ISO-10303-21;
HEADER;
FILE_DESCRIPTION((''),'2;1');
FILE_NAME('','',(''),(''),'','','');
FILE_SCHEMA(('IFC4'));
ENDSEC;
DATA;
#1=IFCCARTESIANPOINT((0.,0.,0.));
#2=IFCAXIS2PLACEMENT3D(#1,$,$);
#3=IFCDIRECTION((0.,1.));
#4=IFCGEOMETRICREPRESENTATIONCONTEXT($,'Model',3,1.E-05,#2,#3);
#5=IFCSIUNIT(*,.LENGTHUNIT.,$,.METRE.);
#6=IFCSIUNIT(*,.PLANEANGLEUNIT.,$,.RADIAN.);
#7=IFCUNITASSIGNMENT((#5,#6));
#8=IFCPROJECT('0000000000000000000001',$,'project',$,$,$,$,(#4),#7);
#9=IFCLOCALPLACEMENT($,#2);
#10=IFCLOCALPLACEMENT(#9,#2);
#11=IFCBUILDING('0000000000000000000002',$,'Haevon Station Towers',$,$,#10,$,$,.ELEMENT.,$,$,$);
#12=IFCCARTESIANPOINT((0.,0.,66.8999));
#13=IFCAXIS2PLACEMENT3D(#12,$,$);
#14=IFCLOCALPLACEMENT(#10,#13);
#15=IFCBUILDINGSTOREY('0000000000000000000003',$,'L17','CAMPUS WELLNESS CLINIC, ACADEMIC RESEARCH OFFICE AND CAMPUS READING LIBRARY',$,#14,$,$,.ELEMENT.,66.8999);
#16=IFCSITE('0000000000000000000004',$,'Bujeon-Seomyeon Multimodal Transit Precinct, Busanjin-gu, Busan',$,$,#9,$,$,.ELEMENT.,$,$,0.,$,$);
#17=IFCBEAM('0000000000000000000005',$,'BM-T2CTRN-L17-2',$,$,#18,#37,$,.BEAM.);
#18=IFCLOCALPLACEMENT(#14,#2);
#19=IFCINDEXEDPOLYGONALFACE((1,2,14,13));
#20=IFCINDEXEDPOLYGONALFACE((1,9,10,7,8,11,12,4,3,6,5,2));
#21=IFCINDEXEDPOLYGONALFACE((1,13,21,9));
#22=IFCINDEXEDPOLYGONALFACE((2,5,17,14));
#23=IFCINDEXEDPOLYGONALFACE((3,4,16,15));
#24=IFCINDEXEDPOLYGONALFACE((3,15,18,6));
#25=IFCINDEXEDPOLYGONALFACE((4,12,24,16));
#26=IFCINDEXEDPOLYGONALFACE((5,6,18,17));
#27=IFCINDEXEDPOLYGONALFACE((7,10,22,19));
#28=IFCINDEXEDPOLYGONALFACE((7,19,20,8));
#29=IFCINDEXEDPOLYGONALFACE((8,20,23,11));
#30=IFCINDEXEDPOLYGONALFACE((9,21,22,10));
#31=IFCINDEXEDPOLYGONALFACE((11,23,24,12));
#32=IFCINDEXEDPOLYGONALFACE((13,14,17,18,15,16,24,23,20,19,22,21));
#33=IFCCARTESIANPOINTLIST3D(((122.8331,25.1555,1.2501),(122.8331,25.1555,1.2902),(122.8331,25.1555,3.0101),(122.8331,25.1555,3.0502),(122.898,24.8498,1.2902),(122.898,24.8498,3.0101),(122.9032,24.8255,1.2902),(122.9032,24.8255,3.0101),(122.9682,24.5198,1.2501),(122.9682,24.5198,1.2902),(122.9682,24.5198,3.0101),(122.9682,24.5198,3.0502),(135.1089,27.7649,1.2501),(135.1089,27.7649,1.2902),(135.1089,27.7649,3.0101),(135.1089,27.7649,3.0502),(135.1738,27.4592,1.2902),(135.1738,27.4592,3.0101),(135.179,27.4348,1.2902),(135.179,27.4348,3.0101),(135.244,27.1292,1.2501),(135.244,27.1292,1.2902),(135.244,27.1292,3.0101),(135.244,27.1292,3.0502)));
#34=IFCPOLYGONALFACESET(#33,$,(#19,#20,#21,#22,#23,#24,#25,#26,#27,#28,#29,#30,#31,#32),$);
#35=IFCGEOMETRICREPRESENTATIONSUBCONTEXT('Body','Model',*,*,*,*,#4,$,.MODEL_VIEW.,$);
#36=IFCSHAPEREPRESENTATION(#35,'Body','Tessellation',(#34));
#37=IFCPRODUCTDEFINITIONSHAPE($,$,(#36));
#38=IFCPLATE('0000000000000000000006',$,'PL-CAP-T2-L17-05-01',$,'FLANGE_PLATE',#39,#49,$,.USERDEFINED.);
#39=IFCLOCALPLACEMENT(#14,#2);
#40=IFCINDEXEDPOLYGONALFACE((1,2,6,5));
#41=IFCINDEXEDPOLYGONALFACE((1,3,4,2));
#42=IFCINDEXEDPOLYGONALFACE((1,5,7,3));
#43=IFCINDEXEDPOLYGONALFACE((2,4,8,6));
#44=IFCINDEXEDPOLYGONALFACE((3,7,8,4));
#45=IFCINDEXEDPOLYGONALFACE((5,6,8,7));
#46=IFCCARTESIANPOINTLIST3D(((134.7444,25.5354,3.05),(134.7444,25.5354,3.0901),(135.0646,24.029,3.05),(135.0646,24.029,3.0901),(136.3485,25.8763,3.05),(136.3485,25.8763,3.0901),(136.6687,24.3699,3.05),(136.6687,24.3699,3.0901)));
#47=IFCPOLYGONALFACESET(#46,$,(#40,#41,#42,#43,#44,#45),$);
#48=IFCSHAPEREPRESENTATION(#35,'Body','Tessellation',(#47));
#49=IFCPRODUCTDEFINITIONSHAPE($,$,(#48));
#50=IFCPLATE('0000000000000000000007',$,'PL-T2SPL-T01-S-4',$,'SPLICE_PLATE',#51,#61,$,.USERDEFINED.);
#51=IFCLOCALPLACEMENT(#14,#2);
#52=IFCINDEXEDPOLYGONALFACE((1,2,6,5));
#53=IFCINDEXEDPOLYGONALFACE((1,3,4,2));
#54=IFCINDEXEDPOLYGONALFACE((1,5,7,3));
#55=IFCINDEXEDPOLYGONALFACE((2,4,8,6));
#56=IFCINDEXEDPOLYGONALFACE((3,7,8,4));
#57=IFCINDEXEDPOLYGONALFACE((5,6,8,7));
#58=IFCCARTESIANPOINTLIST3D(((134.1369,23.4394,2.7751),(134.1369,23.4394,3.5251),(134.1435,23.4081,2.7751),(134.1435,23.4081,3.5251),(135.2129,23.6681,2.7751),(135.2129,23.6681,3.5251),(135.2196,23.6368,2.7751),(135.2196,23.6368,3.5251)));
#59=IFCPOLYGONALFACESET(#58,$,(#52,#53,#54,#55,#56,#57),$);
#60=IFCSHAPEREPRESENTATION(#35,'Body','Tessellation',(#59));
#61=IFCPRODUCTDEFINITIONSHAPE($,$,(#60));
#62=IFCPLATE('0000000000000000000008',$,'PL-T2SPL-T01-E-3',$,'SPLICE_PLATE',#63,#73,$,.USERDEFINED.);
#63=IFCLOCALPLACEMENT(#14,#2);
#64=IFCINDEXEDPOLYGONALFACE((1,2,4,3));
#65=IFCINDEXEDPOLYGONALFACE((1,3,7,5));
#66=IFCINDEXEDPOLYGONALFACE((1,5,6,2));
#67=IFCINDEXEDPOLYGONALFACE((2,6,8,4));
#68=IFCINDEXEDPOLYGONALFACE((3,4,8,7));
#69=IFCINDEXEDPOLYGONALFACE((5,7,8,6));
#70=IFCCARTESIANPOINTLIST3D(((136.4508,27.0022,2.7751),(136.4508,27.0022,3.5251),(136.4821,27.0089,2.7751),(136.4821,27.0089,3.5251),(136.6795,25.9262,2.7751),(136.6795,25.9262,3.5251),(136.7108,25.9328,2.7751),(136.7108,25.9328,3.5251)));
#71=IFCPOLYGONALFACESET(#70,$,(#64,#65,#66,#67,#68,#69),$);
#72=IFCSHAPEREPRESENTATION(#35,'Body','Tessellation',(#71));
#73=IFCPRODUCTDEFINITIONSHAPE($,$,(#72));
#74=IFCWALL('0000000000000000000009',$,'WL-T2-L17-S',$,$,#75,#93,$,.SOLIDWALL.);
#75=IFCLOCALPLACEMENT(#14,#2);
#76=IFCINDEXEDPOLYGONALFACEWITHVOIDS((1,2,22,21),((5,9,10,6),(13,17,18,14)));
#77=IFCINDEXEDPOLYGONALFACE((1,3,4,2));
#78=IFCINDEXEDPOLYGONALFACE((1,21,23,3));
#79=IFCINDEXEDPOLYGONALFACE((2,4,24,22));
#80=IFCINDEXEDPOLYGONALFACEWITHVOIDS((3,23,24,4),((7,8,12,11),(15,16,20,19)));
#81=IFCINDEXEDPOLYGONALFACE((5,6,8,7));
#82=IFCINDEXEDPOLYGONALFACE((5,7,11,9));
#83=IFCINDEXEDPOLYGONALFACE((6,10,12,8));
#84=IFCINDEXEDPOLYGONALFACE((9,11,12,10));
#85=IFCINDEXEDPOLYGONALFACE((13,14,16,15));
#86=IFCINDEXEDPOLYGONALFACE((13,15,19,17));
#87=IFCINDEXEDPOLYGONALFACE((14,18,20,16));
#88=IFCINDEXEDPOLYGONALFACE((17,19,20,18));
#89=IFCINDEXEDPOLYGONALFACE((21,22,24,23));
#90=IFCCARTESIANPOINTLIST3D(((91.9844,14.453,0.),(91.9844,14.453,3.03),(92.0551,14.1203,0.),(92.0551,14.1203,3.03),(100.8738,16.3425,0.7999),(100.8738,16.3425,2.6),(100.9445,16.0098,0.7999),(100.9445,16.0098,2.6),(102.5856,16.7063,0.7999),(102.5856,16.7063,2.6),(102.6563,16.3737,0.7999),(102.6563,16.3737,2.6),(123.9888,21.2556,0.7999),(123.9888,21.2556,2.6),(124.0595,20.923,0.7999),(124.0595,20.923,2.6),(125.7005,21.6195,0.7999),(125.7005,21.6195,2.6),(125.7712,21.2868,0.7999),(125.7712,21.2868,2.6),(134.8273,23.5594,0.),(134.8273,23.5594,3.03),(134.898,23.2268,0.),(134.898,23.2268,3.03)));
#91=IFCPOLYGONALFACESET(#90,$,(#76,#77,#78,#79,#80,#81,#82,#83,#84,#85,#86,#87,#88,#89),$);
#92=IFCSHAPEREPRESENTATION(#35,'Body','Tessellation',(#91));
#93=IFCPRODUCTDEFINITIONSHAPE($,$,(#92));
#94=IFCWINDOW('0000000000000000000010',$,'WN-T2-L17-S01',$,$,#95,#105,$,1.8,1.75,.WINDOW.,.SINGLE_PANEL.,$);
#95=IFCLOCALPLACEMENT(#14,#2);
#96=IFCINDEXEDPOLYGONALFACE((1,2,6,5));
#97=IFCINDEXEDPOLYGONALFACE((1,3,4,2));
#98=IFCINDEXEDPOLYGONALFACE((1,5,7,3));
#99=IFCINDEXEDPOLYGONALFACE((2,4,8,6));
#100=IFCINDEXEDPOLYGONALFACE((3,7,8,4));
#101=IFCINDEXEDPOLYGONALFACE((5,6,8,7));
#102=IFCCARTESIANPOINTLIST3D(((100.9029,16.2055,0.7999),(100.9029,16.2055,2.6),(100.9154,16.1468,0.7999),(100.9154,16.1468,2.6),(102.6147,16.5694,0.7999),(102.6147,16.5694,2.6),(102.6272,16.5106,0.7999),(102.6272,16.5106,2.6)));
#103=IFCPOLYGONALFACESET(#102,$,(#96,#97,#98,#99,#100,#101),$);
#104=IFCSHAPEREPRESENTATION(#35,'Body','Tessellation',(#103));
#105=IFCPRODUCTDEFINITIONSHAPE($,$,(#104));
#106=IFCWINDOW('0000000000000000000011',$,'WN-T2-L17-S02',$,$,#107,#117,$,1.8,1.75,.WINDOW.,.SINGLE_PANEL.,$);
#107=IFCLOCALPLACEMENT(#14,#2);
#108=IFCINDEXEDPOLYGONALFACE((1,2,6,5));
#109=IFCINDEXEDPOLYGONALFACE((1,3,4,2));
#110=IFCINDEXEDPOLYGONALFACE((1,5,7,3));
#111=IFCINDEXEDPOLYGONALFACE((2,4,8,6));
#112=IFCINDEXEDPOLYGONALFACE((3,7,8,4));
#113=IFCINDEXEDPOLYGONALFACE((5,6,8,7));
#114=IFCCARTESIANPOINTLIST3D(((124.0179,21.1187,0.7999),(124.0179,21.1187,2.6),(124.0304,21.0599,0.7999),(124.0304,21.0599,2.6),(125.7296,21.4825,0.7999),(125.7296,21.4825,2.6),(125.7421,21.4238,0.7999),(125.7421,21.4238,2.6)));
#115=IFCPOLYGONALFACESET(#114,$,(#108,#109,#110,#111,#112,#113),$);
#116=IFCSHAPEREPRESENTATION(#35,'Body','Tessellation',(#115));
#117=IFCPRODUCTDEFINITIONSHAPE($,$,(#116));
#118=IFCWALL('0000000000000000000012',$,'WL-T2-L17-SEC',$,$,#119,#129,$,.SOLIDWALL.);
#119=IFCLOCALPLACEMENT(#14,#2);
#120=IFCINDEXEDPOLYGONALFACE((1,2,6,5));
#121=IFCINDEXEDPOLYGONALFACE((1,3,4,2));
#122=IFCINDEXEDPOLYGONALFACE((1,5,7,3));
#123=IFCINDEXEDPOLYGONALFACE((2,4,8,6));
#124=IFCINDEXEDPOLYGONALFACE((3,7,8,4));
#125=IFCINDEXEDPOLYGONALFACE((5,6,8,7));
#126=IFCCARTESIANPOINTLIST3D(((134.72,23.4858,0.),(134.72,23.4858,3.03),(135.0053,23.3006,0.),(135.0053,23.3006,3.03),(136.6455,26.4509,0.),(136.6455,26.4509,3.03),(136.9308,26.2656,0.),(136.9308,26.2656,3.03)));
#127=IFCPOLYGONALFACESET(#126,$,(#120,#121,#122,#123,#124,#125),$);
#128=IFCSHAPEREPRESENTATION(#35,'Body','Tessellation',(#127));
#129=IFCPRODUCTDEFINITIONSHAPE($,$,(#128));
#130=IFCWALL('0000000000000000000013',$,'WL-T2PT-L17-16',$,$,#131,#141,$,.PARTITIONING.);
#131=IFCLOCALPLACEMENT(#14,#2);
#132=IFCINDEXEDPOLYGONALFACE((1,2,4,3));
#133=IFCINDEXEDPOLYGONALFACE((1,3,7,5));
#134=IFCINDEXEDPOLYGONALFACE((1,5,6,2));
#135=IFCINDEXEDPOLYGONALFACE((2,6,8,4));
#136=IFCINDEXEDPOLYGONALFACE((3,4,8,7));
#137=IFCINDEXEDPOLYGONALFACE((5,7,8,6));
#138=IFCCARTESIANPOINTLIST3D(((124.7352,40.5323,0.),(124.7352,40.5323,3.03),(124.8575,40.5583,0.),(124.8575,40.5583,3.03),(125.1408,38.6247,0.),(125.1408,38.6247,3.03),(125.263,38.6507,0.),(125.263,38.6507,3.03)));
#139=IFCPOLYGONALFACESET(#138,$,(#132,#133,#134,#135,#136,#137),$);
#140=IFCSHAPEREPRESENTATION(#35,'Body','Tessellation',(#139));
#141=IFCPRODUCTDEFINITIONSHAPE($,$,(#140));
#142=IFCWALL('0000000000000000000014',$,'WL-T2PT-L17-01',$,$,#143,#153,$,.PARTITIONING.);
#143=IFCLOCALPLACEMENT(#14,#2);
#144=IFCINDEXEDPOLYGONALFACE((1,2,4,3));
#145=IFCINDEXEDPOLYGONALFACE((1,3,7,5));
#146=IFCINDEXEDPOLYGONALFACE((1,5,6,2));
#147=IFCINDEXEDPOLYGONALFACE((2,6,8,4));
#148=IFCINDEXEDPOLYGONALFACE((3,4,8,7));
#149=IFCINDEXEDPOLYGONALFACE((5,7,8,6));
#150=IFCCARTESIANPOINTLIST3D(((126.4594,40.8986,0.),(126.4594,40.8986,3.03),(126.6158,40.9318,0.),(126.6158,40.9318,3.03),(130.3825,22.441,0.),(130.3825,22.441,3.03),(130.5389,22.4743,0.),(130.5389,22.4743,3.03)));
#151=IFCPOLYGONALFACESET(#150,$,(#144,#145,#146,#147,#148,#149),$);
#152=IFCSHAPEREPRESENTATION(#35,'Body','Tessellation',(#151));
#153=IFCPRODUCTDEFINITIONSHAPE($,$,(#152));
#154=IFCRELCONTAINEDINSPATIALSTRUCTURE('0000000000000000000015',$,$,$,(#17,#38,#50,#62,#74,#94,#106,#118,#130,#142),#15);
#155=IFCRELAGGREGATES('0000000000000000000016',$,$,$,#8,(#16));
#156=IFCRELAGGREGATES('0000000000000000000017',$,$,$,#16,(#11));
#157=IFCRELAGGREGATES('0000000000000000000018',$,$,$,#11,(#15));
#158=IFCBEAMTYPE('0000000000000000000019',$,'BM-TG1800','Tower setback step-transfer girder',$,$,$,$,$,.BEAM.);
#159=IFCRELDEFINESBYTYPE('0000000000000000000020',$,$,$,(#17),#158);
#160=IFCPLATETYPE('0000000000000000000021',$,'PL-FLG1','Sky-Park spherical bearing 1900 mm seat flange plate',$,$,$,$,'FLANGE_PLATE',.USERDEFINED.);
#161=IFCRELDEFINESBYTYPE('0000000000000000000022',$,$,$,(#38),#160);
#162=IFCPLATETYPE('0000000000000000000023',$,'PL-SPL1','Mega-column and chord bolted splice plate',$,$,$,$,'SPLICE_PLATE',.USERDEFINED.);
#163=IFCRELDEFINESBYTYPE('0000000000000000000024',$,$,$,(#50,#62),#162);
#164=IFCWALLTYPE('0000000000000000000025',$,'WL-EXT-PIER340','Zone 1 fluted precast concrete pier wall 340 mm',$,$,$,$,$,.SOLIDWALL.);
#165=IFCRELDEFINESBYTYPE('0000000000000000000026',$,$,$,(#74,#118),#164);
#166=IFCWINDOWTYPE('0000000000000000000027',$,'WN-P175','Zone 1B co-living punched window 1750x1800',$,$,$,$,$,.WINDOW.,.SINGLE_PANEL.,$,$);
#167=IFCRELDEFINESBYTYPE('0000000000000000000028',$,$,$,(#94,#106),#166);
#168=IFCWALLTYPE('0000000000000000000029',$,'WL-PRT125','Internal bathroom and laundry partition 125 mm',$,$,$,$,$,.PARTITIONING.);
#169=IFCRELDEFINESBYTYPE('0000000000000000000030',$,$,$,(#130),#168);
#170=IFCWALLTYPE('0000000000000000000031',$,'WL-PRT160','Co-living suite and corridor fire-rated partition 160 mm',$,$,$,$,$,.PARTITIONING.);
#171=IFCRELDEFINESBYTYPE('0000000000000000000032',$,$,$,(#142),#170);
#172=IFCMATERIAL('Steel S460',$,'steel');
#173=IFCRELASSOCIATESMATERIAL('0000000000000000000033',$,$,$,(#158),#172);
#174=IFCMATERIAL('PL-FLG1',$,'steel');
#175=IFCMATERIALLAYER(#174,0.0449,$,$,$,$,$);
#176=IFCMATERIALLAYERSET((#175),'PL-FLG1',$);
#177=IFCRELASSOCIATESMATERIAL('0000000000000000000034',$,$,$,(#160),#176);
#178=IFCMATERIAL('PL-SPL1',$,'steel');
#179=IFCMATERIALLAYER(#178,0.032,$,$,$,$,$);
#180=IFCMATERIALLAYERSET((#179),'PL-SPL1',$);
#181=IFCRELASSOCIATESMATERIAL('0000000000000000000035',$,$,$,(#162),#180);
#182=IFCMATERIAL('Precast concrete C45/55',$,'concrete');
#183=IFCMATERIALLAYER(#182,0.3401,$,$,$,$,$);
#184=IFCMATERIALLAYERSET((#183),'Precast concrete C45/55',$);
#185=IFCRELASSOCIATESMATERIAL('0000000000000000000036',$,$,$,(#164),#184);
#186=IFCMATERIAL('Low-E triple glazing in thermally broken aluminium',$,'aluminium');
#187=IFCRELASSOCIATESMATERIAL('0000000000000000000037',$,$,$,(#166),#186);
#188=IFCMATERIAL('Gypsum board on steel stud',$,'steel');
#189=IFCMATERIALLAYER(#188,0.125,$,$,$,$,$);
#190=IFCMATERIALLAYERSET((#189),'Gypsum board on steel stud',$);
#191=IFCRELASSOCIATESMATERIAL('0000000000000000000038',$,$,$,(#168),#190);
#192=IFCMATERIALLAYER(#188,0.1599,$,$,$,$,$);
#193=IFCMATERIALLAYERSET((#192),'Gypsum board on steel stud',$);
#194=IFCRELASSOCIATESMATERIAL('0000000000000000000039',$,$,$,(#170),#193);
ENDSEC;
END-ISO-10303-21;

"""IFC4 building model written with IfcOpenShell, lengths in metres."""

from ifc_helpers import new_model, si_unit, direction, frame, frame_2d, origin, origin_2d, place, context, subcontext, project, spatial, rectangle, i_section, extrude, material, layer, layer_set, material_profile, profile_set, type_object, element, fill, save


model = new_model("IFC4")

# Units and contexts
model_context = context("Model", 3, precision=1e-05, world=origin(), true_north=direction((0.0, 1.0)))
body_context = subcontext(model_context, "Body", "Model", "MODEL_VIEW")
ifc_project = project(units=[si_unit("LENGTHUNIT", "METRE"), si_unit("PLANEANGLEUNIT", "RADIAN")], contexts=[model_context])

# Site, building, storey
site_placement = place(None, origin())
site = spatial("IfcSite", under=ifc_project, at=site_placement, Name="Bujeon-Seomyeon Multimodal Transit Precinct, Busanjin-gu, Busan", CompositionType="ELEMENT", RefElevation=0.0)
building_placement = place(site_placement, origin())
building = spatial("IfcBuilding", under=site, at=building_placement, Name="Haevon Station Towers", CompositionType="ELEMENT")
storey_placement = place(building_placement, frame((0.0, 0.0, 66.8999)))
storey = spatial("IfcBuildingStorey", under=building, at=storey_placement, Name="L17", Description="CAMPUS WELLNESS CLINIC, ACADEMIC RESEARCH OFFICE AND CAMPUS READING LIBRARY", CompositionType="ELEMENT", Elevation=66.8999)

# Shared definitions
ifc_material_1 = material(Name="Steel S460", Category="steel")

# Beam
ifc_material_profile_1 = material_profile(ifc_material_1, i_section(OverallWidth=0.6499, OverallDepth=1.8, WebThickness=0.0249, FlangeThickness=0.04, at=origin_2d()), Name="H-1800x650x25x40")
ifc_profile_set_1 = profile_set([ifc_material_profile_1], Name="Steel S460")
beam_type_1 = type_object("IfcBeamType", Name="BM-TG1800", Description="Tower setback step-transfer girder", PredefinedType="BEAM", material=ifc_profile_set_1)
beam_1_placement = place(storey_placement, frame((122.9006, 24.8376, 2.1501), z_axis=(0.978147, 0.207916, 0.0), x_axis=(-0.207916, 0.978147, 0.0)))
element("IfcBeam", 1, at=beam_1_placement, inside=storey, type_object=beam_type_1, Name="BM-T2CTRN-L17-2", PredefinedType="BEAM", context=body_context, shape_type="SweptSolid", body=[
    extrude(i_section(OverallWidth=0.6499, OverallDepth=1.8, WebThickness=0.0249, FlangeThickness=0.04, at=origin_2d()), origin(), (0.0, 0.0, 1.0), 12.55),
])

# Plates
ifc_material_2 = material(Name="PL-FLG1", Category="steel")
ifc_layer_1 = layer(ifc_material_2, 0.0449)
ifc_layer_set_1 = layer_set([ifc_layer_1], Name="PL-FLG1")
plate_type_1 = type_object("IfcPlateType", Name="PL-FLG1", Description="Sky-Park spherical bearing 1900 mm seat flange plate", ElementType="FLANGE_PLATE", PredefinedType="USERDEFINED", material=ifc_layer_set_1)
plate_placement = place(storey_placement, frame((135.7065, 24.9526, 3.05), z_axis=(0.0, 0.0, 1.0), x_axis=(0.978148, 0.207912, 0.0)))
element("IfcPlate", 2, at=plate_placement, inside=storey, type_object=plate_type_1, Name="PL-CAP-T2-L17-05-01", ObjectType="FLANGE_PLATE", PredefinedType="USERDEFINED", context=body_context, shape_type="SweptSolid", body=[
    extrude(rectangle(XDim=1.6399, YDim=1.54, at=origin_2d()), origin(), (0.0, 0.0, 1.0), 0.04),
])
ifc_material_3 = material(Name="PL-SPL1", Category="steel")
ifc_layer_2 = layer(ifc_material_3, 0.032)
ifc_layer_set_2 = layer_set([ifc_layer_2], Name="PL-SPL1")
plate_type_2 = type_object("IfcPlateType", Name="PL-SPL1", Description="Mega-column and chord bolted splice plate", ElementType="SPLICE_PLATE", PredefinedType="USERDEFINED", material=ifc_layer_set_2)
for number, where, z_axis, x_axis, name in (
    (3, (134.6782, 23.5381, 2.7751), (0.0, 0.0, 1.0), (0.978148, 0.207912, 0.0), "PL-T2SPL-T01-S-4"),
    (4, (136.5808, 26.4675, 2.7751), (0.0, 0.0, 1.0), (-0.207912, 0.978148, 0.0), "PL-T2SPL-T01-E-3"),
):
    element("IfcPlate", number, at=place(storey_placement, frame(where, z_axis=z_axis, x_axis=x_axis)), inside=storey, type_object=plate_type_2, Name=name, ObjectType="SPLICE_PLATE", PredefinedType="USERDEFINED", context=body_context, shape_type="SweptSolid", body=[
        extrude(rectangle(XDim=1.1001, YDim=0.032, at=origin_2d()), origin(), (0.0, 0.0, 1.0), 0.75),
    ])

# Wall, openings, windows
ifc_material_4 = material(Name="Precast concrete C45/55", Category="concrete")
ifc_layer_3 = layer(ifc_material_4, 0.3401)
ifc_layer_set_3 = layer_set([ifc_layer_3], Name="Precast concrete C45/55")
wall_type_1 = type_object("IfcWallType", Name="WL-EXT-PIER340", Description="Zone 1 fluted precast concrete pier wall 340 mm", PredefinedType="SOLIDWALL", material=ifc_layer_set_3)
wall_1_placement = place(storey_placement, frame((134.8625, 23.3931, 0.0), z_axis=(0.0, 0.0, 1.0), x_axis=(-0.978148, -0.207909, 0.0)))
wall_1 = element("IfcWall", 5, at=wall_1_placement, inside=storey, type_object=wall_type_1, Name="WL-T2-L17-S", PredefinedType="SOLIDWALL", context=body_context, shape_type="SweptSolid", body=[
    extrude(rectangle(XDim=43.8, YDim=0.3401, at=frame_2d((21.8999, 0.0))), origin(), (0.0, 0.0, 1.0), 3.03),
])
opening_1_placement = place(wall_1_placement, frame((32.9619, 0.0, 0.8)))
opening_1 = element("IfcOpeningElement", 6, at=opening_1_placement, cuts=wall_1, PredefinedType="OPENING", context=body_context, shape_type="SweptSolid", body=[
    extrude(rectangle(XDim=1.75, YDim=1.8, at=frame_2d((0.875, 0.8999))), frame((0.0, 0.1799, 0.0), z_axis=(0.0, -1.0, 0.0), x_axis=(1.0, 0.0, 0.0)), (0.0, 0.0, 1.0), 0.3601),
])
opening_2_placement = place(wall_1_placement, frame((9.3306, 0.0, 0.8)))
opening_2 = element("IfcOpeningElement", 7, at=opening_2_placement, cuts=wall_1, PredefinedType="OPENING", context=body_context, shape_type="SweptSolid", body=[
    extrude(rectangle(XDim=1.75, YDim=1.8, at=frame_2d((0.875, 0.8999))), frame((0.0, 0.1799, 0.0), z_axis=(0.0, -1.0, 0.0), x_axis=(1.0, 0.0, 0.0)), (0.0, 0.0, 1.0), 0.3601),
])
ifc_material_5 = material(Name="Low-E triple glazing in thermally broken aluminium", Category="aluminium")
window_type = type_object("IfcWindowType", Name="WN-P175", Description="Zone 1B co-living punched window 1750x1800", PartitioningType="SINGLE_PANEL", PredefinedType="WINDOW", material=ifc_material_5)
window_1_placement = place(opening_1_placement, origin())
window_1 = element("IfcWindow", 8, at=window_1_placement, inside=storey, type_object=window_type, Name="WN-T2-L17-S01", OverallHeight=1.8, OverallWidth=1.75, PartitioningType="SINGLE_PANEL", PredefinedType="WINDOW", context=body_context, shape_type="SweptSolid", body=[
    extrude(rectangle(XDim=1.75, YDim=1.8, at=frame_2d((0.875, 0.8999))), frame((0.0, 0.03, 0.0), z_axis=(0.0, -1.0, 0.0), x_axis=(1.0, 0.0, 0.0)), (0.0, 0.0, 1.0), 0.0601),
])
fill(opening_1, window_1)
window_2_placement = place(opening_2_placement, origin())
window_2 = element("IfcWindow", 9, at=window_2_placement, inside=storey, type_object=window_type, Name="WN-T2-L17-S02", OverallHeight=1.8, OverallWidth=1.75, PartitioningType="SINGLE_PANEL", PredefinedType="WINDOW", context=body_context, shape_type="SweptSolid", body=[
    extrude(rectangle(XDim=1.75, YDim=1.8, at=frame_2d((0.875, 0.8999))), frame((0.0, 0.03, 0.0), z_axis=(0.0, -1.0, 0.0), x_axis=(1.0, 0.0, 0.0)), (0.0, 0.0, 1.0), 0.0601),
])
fill(opening_2, window_2)

# Walls
wall_2_placement = place(storey_placement, frame((136.7881, 26.3582, 0.0), z_axis=(0.0, 0.0, 1.0), x_axis=(-0.544636, -0.838672, 0.0)))
element("IfcWall", 10, at=wall_2_placement, inside=storey, type_object=wall_type_1, Name="WL-T2-L17-SEC", PredefinedType="SOLIDWALL", context=body_context, shape_type="SweptSolid", body=[
    extrude(rectangle(XDim=3.5354, YDim=0.3401, at=frame_2d((1.7676, 0.0))), origin(), (0.0, 0.0, 1.0), 3.03),
])
ifc_material_6 = material(Name="Gypsum board on steel stud", Category="steel")
ifc_layer_4 = layer(ifc_material_6, 0.125)
ifc_layer_set_4 = layer_set([ifc_layer_4], Name="Gypsum board on steel stud")
wall_type_2 = type_object("IfcWallType", Name="WL-PRT125", Description="Internal bathroom and laundry partition 125 mm", PredefinedType="PARTITIONING", material=ifc_layer_set_4)
wall_3_placement = place(storey_placement, frame((125.2019, 38.6377, 0.0), z_axis=(0.0, 0.0, 1.0), x_axis=(-0.207947, 0.97814, 0.0)))
element("IfcWall", 11, at=wall_3_placement, inside=storey, type_object=wall_type_2, Name="WL-T2PT-L17-16", PredefinedType="PARTITIONING", context=body_context, shape_type="SweptSolid", body=[
    extrude(rectangle(XDim=1.9502, YDim=0.125, at=frame_2d((0.9751, 0.0))), origin(), (0.0, 0.0, 1.0), 3.03),
])
ifc_layer_5 = layer(ifc_material_6, 0.1599)
ifc_layer_set_5 = layer_set([ifc_layer_5], Name="Gypsum board on steel stud")
wall_type_3 = type_object("IfcWallType", Name="WL-PRT160", Description="Co-living suite and corridor fire-rated partition 160 mm", PredefinedType="PARTITIONING", material=ifc_layer_set_5)
wall_4_placement = place(storey_placement, frame((130.4607, 22.4575, 0.0), z_axis=(0.0, 0.0, 1.0), x_axis=(-0.207903, 0.978149, 0.0)))
element("IfcWall", 12, at=wall_4_placement, inside=storey, type_object=wall_type_3, Name="WL-T2PT-L17-01", PredefinedType="PARTITIONING", context=body_context, shape_type="SweptSolid", body=[
    extrude(rectangle(XDim=18.8699, YDim=0.1599, at=frame_2d((9.4351, 0.0))), origin(), (0.0, 0.0, 1.0), 3.03),
])

save(model, "model.ifc")
